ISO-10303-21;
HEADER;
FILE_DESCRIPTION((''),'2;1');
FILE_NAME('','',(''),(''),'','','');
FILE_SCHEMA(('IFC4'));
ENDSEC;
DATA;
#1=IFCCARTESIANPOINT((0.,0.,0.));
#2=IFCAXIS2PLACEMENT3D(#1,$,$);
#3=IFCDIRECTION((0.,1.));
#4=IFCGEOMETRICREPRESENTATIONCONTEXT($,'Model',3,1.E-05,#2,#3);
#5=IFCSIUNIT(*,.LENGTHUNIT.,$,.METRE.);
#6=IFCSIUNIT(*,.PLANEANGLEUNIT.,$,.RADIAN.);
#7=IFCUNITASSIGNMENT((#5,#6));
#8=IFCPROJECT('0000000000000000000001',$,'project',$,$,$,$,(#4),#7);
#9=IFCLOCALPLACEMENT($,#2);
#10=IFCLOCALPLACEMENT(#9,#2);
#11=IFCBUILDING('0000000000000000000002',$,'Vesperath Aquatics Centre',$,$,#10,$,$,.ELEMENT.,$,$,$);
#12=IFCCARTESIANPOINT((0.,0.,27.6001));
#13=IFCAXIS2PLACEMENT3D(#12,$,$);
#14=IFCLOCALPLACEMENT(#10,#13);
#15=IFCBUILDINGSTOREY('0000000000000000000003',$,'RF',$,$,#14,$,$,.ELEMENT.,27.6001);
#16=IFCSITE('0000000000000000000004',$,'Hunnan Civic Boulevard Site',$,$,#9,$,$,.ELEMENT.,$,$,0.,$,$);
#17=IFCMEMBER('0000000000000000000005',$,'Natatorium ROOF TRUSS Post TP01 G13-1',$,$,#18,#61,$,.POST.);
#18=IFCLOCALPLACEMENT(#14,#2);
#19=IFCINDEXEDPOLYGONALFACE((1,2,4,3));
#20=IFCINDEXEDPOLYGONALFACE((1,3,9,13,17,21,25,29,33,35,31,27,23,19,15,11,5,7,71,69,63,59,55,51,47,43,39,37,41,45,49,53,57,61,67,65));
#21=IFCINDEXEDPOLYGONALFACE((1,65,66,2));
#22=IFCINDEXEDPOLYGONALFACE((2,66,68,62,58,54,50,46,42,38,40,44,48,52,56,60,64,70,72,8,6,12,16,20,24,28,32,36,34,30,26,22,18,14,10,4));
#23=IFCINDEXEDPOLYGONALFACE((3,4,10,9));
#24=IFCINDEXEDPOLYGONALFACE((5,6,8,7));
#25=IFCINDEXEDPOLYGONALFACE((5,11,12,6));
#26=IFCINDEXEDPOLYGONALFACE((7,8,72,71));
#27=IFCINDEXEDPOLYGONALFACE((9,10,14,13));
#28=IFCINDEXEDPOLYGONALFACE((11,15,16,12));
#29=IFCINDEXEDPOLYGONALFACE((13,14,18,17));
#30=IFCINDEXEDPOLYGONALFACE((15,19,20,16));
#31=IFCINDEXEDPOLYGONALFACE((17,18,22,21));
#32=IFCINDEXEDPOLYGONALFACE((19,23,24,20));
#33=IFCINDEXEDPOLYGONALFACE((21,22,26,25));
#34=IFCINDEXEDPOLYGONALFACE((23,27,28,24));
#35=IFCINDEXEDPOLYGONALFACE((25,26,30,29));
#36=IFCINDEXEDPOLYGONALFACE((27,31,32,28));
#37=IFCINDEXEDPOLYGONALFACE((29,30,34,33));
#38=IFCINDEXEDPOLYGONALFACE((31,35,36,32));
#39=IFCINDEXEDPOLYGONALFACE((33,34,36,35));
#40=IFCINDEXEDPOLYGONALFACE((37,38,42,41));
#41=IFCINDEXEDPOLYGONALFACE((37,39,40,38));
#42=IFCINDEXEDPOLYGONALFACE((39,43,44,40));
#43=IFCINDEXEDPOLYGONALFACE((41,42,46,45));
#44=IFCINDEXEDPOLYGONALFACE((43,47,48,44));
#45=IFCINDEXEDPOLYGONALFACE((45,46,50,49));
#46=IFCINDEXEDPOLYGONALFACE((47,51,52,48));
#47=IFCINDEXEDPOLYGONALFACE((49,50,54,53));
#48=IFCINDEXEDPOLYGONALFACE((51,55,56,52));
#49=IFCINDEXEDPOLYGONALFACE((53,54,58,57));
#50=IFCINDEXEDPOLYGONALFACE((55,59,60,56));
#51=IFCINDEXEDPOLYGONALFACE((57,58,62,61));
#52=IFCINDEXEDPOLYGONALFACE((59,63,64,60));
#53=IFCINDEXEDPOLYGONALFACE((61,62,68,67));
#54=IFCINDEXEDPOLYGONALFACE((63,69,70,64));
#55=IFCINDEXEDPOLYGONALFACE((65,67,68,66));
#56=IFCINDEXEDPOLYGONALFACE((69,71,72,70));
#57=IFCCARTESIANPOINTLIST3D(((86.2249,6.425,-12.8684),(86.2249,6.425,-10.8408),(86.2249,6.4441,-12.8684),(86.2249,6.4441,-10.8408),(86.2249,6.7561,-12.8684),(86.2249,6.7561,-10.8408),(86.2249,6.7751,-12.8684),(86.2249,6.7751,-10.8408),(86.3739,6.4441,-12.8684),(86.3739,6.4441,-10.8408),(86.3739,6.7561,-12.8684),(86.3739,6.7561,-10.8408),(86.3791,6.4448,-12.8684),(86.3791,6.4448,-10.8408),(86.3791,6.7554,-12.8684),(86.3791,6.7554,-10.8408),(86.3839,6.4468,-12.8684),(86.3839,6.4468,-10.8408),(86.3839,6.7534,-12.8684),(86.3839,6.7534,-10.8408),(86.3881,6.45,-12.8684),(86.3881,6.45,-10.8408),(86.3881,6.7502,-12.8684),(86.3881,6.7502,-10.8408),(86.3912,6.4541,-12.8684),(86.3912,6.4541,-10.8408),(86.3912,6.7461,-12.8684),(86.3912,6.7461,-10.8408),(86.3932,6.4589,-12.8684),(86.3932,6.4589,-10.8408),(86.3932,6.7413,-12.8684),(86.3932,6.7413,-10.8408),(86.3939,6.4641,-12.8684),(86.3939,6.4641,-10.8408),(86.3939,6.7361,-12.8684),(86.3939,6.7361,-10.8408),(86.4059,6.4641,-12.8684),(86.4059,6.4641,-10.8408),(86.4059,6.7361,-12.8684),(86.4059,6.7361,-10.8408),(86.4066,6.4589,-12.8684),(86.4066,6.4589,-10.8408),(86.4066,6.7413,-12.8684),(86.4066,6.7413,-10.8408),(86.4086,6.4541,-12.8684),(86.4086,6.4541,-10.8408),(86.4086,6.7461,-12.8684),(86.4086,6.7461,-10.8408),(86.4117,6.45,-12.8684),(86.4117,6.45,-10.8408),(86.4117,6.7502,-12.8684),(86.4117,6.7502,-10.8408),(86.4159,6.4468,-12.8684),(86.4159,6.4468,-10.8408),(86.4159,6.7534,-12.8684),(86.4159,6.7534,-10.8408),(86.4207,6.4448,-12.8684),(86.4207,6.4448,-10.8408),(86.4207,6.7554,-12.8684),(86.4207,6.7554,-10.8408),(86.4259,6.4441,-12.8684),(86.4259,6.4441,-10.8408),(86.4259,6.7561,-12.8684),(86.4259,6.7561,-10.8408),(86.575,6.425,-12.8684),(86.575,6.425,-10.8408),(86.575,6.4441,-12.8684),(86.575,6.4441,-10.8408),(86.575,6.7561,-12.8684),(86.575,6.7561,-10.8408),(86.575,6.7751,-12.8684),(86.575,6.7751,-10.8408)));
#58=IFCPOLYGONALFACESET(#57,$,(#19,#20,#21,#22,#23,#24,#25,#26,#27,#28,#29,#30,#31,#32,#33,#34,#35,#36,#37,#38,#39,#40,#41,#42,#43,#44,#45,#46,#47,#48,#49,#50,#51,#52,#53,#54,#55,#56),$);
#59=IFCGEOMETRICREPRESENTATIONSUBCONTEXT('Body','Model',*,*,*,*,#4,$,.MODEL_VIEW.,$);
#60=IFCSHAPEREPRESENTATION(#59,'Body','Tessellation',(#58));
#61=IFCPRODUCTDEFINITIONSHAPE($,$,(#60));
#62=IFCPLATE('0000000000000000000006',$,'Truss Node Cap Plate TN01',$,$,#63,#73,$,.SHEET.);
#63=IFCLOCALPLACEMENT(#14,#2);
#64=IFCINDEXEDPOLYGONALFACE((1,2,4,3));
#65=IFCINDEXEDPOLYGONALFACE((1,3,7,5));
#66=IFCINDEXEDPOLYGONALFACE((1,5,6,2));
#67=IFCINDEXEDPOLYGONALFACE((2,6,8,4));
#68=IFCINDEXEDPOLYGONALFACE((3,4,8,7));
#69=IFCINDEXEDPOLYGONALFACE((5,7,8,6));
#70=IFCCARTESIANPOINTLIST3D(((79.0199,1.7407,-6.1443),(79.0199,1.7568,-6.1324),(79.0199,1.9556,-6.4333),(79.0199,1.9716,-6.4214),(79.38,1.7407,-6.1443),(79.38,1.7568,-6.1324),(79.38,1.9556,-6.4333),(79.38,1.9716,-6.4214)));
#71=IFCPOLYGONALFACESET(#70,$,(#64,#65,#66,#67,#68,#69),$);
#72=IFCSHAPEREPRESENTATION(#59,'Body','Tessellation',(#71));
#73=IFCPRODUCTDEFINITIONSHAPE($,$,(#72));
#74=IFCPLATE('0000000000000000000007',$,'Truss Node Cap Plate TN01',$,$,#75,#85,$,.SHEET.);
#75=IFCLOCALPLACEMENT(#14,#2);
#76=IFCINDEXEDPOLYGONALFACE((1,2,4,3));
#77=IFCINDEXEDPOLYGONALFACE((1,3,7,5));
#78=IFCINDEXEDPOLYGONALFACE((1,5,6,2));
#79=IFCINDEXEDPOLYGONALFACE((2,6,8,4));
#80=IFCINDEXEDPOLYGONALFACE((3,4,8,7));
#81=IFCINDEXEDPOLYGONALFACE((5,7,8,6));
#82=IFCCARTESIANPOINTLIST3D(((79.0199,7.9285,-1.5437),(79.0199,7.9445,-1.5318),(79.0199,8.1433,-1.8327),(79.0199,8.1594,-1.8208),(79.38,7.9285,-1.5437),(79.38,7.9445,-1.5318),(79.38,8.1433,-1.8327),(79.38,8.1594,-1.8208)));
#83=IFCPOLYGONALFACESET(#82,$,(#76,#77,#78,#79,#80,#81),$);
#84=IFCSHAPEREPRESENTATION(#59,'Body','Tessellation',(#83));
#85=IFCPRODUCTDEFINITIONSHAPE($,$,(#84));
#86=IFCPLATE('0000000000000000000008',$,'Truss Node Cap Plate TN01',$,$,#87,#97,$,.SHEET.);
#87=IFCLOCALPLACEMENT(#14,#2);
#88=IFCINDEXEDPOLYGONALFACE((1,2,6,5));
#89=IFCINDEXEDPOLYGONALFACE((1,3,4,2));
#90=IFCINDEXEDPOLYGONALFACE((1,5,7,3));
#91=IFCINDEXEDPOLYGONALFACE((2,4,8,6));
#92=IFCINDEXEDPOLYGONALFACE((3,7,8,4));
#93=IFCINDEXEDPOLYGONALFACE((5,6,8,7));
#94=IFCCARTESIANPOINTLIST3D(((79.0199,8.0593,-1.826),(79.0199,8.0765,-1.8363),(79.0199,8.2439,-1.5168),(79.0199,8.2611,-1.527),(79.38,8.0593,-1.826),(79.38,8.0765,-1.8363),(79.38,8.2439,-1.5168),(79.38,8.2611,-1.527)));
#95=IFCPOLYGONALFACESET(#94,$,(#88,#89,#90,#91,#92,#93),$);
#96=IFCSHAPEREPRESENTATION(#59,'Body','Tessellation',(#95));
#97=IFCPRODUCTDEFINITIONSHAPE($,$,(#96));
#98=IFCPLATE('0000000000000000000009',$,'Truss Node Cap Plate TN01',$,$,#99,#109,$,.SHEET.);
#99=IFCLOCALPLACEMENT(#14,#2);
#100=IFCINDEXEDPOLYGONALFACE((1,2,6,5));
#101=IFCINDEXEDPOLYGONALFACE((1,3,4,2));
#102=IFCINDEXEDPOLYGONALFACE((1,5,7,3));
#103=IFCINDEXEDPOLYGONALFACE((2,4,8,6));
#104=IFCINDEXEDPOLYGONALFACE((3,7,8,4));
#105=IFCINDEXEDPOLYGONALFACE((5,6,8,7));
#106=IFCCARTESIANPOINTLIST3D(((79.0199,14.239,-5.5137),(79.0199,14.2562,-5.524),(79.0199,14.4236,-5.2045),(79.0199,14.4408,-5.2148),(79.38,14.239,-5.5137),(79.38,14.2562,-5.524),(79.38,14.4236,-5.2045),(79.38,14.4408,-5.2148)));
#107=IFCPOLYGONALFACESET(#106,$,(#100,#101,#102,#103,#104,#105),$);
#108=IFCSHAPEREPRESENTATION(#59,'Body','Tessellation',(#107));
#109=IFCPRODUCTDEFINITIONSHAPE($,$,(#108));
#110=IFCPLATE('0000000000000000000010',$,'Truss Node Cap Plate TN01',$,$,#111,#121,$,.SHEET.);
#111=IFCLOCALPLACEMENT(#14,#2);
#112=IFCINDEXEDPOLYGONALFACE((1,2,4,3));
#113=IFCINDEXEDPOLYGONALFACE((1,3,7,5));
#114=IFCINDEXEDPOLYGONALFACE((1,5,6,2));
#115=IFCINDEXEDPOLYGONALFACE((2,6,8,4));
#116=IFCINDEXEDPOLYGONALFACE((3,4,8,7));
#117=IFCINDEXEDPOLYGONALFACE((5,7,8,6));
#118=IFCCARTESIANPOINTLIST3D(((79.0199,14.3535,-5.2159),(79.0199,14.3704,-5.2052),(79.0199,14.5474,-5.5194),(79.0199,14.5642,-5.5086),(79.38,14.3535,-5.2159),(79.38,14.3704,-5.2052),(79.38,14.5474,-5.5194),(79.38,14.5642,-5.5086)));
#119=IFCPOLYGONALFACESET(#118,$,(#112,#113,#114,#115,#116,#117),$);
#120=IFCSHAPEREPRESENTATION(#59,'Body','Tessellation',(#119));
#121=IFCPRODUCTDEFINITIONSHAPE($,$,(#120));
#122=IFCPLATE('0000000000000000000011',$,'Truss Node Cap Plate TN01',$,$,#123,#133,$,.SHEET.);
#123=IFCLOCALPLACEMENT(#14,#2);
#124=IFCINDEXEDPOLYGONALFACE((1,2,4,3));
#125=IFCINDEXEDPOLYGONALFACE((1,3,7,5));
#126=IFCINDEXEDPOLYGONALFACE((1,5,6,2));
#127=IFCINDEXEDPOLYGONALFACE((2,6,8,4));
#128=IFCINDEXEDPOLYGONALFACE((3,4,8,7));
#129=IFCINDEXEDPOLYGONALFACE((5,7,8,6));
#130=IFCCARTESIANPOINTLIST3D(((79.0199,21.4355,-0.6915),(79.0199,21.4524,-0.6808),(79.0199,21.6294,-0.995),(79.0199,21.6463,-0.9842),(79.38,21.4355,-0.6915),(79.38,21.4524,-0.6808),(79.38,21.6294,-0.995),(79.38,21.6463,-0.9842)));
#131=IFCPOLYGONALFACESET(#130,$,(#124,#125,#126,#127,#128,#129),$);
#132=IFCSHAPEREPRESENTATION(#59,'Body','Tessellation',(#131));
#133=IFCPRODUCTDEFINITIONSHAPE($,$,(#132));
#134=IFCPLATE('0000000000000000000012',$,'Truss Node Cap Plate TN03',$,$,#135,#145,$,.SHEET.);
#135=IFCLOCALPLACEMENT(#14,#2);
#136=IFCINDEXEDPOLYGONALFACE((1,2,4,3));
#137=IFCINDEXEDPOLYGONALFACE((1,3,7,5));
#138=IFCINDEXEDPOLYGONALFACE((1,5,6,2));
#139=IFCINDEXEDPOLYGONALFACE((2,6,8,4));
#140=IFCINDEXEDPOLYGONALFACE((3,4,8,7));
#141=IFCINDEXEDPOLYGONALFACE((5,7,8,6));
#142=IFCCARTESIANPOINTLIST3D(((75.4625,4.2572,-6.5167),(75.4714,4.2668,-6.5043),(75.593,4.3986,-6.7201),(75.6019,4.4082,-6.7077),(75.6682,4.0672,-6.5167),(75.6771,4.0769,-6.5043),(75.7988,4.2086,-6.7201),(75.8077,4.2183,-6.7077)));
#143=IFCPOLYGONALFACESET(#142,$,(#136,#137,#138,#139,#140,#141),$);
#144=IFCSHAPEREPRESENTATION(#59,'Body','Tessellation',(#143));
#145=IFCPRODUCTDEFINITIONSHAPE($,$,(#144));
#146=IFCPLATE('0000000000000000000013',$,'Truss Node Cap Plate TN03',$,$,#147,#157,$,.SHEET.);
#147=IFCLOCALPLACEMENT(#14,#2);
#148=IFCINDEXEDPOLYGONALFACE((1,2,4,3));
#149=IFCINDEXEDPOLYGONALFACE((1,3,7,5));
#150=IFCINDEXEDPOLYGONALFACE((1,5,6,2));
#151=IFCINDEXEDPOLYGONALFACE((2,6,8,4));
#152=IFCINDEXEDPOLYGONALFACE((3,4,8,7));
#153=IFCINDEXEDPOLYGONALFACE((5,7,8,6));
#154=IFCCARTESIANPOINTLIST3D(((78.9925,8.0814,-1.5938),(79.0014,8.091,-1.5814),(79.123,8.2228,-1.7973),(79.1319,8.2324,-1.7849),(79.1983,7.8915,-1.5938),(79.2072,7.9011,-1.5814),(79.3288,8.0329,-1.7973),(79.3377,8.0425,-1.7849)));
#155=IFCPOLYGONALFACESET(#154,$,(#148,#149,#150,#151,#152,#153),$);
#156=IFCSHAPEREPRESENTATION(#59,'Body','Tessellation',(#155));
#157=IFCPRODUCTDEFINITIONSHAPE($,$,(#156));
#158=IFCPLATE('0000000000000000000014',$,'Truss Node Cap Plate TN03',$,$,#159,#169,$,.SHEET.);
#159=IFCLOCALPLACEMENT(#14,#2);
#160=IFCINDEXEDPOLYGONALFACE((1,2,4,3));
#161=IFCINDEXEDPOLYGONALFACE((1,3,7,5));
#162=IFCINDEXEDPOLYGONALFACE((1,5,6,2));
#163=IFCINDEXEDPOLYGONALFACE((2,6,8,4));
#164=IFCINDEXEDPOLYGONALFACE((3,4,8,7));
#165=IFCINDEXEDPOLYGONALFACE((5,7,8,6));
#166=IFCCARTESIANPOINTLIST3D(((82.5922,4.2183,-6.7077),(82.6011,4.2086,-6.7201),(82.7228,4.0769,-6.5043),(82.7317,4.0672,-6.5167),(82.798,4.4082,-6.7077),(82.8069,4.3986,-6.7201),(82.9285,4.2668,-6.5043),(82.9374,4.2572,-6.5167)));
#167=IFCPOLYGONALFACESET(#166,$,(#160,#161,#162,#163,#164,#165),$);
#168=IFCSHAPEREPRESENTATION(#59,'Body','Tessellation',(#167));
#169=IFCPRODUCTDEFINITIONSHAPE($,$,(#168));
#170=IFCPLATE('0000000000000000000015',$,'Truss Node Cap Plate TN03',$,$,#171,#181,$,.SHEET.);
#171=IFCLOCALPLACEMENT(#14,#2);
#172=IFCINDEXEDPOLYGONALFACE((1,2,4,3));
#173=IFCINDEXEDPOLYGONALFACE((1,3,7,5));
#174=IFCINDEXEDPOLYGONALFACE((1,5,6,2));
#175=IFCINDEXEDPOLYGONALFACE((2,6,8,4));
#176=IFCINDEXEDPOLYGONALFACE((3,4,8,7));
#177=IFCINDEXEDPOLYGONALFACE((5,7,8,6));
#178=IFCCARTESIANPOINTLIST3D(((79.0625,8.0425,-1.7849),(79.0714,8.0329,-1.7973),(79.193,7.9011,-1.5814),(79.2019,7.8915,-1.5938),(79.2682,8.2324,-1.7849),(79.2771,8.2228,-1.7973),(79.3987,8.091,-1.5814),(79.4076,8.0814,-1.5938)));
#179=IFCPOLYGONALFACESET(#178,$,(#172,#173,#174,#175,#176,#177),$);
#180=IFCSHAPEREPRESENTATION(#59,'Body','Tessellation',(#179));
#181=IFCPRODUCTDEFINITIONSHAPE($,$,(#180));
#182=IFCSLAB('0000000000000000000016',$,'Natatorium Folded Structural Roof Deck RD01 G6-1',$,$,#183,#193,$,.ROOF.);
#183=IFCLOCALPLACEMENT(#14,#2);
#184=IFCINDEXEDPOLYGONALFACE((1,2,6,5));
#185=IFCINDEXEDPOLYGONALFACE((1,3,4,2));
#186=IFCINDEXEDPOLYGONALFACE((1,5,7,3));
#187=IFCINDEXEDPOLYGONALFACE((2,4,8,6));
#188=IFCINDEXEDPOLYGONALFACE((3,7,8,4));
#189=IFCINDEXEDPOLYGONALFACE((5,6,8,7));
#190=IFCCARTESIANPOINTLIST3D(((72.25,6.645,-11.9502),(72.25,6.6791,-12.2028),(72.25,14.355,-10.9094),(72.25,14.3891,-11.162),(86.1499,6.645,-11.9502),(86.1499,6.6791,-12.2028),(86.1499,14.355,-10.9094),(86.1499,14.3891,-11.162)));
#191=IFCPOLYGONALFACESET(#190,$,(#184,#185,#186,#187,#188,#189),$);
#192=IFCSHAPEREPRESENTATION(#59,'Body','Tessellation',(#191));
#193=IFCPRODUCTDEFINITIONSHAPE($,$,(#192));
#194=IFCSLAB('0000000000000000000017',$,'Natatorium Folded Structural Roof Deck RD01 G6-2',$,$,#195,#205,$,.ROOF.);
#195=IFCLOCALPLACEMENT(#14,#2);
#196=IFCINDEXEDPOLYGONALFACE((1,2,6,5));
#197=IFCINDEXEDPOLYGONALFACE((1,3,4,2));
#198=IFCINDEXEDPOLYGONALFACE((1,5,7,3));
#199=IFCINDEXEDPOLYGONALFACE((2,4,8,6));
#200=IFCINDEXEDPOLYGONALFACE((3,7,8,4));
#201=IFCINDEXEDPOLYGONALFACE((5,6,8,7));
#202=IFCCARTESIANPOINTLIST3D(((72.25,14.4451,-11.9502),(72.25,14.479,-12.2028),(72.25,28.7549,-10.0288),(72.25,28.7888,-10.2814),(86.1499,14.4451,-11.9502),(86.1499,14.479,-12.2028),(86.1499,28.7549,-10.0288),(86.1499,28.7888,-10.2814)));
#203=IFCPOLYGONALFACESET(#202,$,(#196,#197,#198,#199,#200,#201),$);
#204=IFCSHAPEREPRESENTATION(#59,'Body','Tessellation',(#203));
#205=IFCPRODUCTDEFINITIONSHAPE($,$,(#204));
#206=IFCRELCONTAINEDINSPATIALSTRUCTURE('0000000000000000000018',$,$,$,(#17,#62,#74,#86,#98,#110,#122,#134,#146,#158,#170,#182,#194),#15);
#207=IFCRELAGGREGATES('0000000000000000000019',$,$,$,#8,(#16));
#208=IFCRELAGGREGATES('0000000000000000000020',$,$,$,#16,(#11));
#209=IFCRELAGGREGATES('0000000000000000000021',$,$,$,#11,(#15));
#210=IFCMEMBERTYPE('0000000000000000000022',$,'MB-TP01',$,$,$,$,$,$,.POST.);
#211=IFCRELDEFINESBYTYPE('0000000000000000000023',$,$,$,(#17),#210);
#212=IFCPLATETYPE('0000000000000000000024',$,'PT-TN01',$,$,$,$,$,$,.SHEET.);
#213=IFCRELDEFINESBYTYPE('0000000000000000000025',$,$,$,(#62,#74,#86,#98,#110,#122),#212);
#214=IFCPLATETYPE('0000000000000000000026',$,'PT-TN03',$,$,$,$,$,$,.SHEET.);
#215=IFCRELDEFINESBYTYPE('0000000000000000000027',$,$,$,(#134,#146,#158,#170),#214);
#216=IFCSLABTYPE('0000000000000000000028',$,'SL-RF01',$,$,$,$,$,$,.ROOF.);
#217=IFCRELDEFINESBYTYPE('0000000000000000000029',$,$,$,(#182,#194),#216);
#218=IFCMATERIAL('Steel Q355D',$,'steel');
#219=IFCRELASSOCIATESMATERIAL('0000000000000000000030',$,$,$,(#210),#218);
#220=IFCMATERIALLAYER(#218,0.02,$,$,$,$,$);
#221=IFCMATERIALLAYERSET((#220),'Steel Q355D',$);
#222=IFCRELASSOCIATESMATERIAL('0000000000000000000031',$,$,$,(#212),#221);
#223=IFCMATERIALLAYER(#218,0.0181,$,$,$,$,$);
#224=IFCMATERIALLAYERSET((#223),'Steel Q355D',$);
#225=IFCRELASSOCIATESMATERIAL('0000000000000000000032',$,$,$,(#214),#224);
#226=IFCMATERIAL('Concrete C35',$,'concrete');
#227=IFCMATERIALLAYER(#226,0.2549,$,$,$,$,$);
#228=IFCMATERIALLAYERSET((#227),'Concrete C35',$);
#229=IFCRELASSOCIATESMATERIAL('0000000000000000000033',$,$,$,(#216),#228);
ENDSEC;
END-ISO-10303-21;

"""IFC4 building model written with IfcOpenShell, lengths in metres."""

from ifc_helpers import new_model, si_unit, direction, frame, origin, origin_2d, place, context, subcontext, project, spatial, polyline, rectangle, i_section, outline, extrude, material, layer, layer_set, material_profile, profile_set, type_object, element, save


model = new_model("IFC4")

# Units and contexts
model_context = context("Model", 3, precision=1e-05, world=origin(), true_north=direction((0.0, 1.0)))
body_context = subcontext(model_context, "Body", "Model", "MODEL_VIEW")
ifc_project = project(units=[si_unit("LENGTHUNIT", "METRE"), si_unit("PLANEANGLEUNIT", "RADIAN")], contexts=[model_context])

# Site, building, storey
site_placement = place(None, origin())
site = spatial("IfcSite", under=ifc_project, at=site_placement, Name="Hunnan Civic Boulevard Site", CompositionType="ELEMENT", RefElevation=0.0)
building_placement = place(site_placement, origin())
building = spatial("IfcBuilding", under=site, at=building_placement, Name="Vesperath Aquatics Centre", CompositionType="ELEMENT")
storey_placement = place(building_placement, frame((0.0, 0.0, 27.6001)))
storey = spatial("IfcBuildingStorey", under=building, at=storey_placement, Name="RF", CompositionType="ELEMENT", Elevation=27.6001)

# Member
ifc_material_1 = material(Name="Steel Q355D", Category="steel")
ifc_material_profile_1 = material_profile(ifc_material_1, i_section(OverallWidth=0.3501, OverallDepth=0.3501, WebThickness=0.012, FlangeThickness=0.019, FilletRadius=0.02, at=origin_2d()), Name="HW 350x350x12x19")
ifc_profile_set_1 = profile_set([ifc_material_profile_1], Name="Steel Q355D")
member_type_1 = type_object("IfcMemberType", Name="MB-TP01", PredefinedType="POST", material=ifc_profile_set_1)
member_1_placement = place(storey_placement, frame((86.3999, 6.6001, -12.8684), z_axis=(0.0, 0.0, 1.0), x_axis=(1.0, 0.0, 0.0)))
element("IfcMember", 1, at=member_1_placement, inside=storey, type_object=member_type_1, Name="Natatorium ROOF TRUSS Post TP01 G13-1", PredefinedType="POST", context=body_context, shape_type="SweptSolid", body=[
    extrude(i_section(OverallWidth=0.3501, OverallDepth=0.3501, WebThickness=0.012, FlangeThickness=0.019, FilletRadius=0.02, at=origin_2d()), origin(), (0.0, 0.0, 1.0), 2.0276),
])

# Plates
ifc_layer_1 = layer(ifc_material_1, 0.02)
ifc_layer_set_1 = layer_set([ifc_layer_1], Name="Steel Q355D")
plate_type_1 = type_object("IfcPlateType", Name="PT-TN01", PredefinedType="SHEET", material=ifc_layer_set_1)
for number, where, z_axis, x_axis, name in (
    (2, (79.2, 1.8481, -6.2888), (0.0, 0.802494, 0.59666), (-1.0, 0.0, 0.0), "Truss Node Cap Plate TN01"),
    (3, (79.2, 8.0359, -1.6882), (0.0, 0.802494, 0.59666), (-1.0, 0.0, 0.0), "Truss Node Cap Plate TN01"),
    (4, (79.2, 8.1516, -1.6714), (0.0, 0.858729, -0.51243), (-1.0, 0.0, 0.0), "Truss Node Cap Plate TN01"),
    (5, (79.2, 14.3313, -5.3591), (0.0, 0.858729, -0.51243), (-1.0, 0.0, 0.0), "Truss Node Cap Plate TN01"),
    (6, (79.2, 14.4504, -5.3677), (0.0, 0.842696, 0.538389), (-1.0, 0.0, 0.0), "Truss Node Cap Plate TN01"),
    (7, (79.2, 21.5325, -0.8433), (0.0, 0.842696, 0.538389), (-1.0, 0.0, 0.0), "Truss Node Cap Plate TN01"),
):
    element("IfcPlate", number, at=place(storey_placement, frame(where, z_axis=z_axis, x_axis=x_axis)), inside=storey, type_object=plate_type_1, Name=name, PredefinedType="SHEET", context=body_context, shape_type="SweptSolid", body=[
        extrude(rectangle(XDim=0.3601, YDim=0.3601, at=origin_2d()), origin(), (0.0, 0.0, 1.0), 0.02),
    ])
ifc_layer_2 = layer(ifc_material_1, 0.0181)
ifc_layer_set_2 = layer_set([ifc_layer_2], Name="Steel Q355D")
plate_type_2 = type_object("IfcPlateType", Name="PT-TN03", PredefinedType="SHEET", material=ifc_layer_set_2)
for number, where, z_axis, x_axis, name in (
    (8, (75.6306, 4.2329, -6.6184), (0.492765, 0.533829, 0.687175), (-0.734803, 0.67828, 0.0), "Truss Node Cap Plate TN03"),
    (9, (79.1606, 8.0571, -1.6956), (0.492765, 0.533829, 0.687175), (-0.734803, 0.67828, 0.0), "Truss Node Cap Plate TN03"),
    (10, (82.7693, 4.2329, -6.6184), (-0.492765, 0.533829, 0.687175), (-0.734803, -0.67828, 0.0), "Truss Node Cap Plate TN03"),
    (11, (79.2395, 8.0571, -1.6956), (-0.492765, 0.533829, 0.687175), (-0.734803, -0.67828, 0.0), "Truss Node Cap Plate TN03"),
):
    element("IfcPlate", number, at=place(storey_placement, frame(where, z_axis=z_axis, x_axis=x_axis)), inside=storey, type_object=plate_type_2, Name=name, PredefinedType="SHEET", context=body_context, shape_type="SweptSolid", body=[
        extrude(rectangle(XDim=0.28, YDim=0.28, at=origin_2d()), origin(), (0.0, 0.0, 1.0), 0.0181),
    ])

# Slabs
ifc_material_2 = material(Name="Concrete C35", Category="concrete")
ifc_layer_3 = layer(ifc_material_2, 0.2549)
ifc_layer_set_3 = layer_set([ifc_layer_3], Name="Concrete C35")
slab_type = type_object("IfcSlabType", Name="SL-RF01", PredefinedType="ROOF", material=ifc_layer_set_3)
slab_1_placement = place(storey_placement, frame((72.25, 6.645, -11.9502), z_axis=(0.0, -0.133777, 0.991011), x_axis=(1.0, 0.0, 0.0)))
element("IfcSlab", 12, at=slab_1_placement, inside=storey, type_object=slab_type, Name="Natatorium Folded Structural Roof Deck RD01 G6-1", PredefinedType="ROOF", context=body_context, shape_type="SweptSolid", body=[
    extrude(outline(polyline([(0.0, 0.0), (13.8999, 0.0), (13.8999, 7.7799), (0.0, 7.7799), (0.0, 0.0)])), origin(), (0.0, 0.0, -1.0), 0.2549),
])
slab_2_placement = place(storey_placement, frame((72.25, 14.4451, -11.9502), z_axis=(0.0, -0.133076, 0.991106), x_axis=(1.0, 0.0, 0.0)))
element("IfcSlab", 13, at=slab_2_placement, inside=storey, type_object=slab_type, Name="Natatorium Folded Structural Roof Deck RD01 G6-2", PredefinedType="ROOF", context=body_context, shape_type="SweptSolid", body=[
    extrude(outline(polyline([(0.0, 0.0), (13.8999, 0.0), (13.8999, 14.4382), (0.0, 14.4382), (0.0, 0.0)])), origin(), (0.0, 0.0, -1.0), 0.2549),
])

save(model, "model.ifc")
